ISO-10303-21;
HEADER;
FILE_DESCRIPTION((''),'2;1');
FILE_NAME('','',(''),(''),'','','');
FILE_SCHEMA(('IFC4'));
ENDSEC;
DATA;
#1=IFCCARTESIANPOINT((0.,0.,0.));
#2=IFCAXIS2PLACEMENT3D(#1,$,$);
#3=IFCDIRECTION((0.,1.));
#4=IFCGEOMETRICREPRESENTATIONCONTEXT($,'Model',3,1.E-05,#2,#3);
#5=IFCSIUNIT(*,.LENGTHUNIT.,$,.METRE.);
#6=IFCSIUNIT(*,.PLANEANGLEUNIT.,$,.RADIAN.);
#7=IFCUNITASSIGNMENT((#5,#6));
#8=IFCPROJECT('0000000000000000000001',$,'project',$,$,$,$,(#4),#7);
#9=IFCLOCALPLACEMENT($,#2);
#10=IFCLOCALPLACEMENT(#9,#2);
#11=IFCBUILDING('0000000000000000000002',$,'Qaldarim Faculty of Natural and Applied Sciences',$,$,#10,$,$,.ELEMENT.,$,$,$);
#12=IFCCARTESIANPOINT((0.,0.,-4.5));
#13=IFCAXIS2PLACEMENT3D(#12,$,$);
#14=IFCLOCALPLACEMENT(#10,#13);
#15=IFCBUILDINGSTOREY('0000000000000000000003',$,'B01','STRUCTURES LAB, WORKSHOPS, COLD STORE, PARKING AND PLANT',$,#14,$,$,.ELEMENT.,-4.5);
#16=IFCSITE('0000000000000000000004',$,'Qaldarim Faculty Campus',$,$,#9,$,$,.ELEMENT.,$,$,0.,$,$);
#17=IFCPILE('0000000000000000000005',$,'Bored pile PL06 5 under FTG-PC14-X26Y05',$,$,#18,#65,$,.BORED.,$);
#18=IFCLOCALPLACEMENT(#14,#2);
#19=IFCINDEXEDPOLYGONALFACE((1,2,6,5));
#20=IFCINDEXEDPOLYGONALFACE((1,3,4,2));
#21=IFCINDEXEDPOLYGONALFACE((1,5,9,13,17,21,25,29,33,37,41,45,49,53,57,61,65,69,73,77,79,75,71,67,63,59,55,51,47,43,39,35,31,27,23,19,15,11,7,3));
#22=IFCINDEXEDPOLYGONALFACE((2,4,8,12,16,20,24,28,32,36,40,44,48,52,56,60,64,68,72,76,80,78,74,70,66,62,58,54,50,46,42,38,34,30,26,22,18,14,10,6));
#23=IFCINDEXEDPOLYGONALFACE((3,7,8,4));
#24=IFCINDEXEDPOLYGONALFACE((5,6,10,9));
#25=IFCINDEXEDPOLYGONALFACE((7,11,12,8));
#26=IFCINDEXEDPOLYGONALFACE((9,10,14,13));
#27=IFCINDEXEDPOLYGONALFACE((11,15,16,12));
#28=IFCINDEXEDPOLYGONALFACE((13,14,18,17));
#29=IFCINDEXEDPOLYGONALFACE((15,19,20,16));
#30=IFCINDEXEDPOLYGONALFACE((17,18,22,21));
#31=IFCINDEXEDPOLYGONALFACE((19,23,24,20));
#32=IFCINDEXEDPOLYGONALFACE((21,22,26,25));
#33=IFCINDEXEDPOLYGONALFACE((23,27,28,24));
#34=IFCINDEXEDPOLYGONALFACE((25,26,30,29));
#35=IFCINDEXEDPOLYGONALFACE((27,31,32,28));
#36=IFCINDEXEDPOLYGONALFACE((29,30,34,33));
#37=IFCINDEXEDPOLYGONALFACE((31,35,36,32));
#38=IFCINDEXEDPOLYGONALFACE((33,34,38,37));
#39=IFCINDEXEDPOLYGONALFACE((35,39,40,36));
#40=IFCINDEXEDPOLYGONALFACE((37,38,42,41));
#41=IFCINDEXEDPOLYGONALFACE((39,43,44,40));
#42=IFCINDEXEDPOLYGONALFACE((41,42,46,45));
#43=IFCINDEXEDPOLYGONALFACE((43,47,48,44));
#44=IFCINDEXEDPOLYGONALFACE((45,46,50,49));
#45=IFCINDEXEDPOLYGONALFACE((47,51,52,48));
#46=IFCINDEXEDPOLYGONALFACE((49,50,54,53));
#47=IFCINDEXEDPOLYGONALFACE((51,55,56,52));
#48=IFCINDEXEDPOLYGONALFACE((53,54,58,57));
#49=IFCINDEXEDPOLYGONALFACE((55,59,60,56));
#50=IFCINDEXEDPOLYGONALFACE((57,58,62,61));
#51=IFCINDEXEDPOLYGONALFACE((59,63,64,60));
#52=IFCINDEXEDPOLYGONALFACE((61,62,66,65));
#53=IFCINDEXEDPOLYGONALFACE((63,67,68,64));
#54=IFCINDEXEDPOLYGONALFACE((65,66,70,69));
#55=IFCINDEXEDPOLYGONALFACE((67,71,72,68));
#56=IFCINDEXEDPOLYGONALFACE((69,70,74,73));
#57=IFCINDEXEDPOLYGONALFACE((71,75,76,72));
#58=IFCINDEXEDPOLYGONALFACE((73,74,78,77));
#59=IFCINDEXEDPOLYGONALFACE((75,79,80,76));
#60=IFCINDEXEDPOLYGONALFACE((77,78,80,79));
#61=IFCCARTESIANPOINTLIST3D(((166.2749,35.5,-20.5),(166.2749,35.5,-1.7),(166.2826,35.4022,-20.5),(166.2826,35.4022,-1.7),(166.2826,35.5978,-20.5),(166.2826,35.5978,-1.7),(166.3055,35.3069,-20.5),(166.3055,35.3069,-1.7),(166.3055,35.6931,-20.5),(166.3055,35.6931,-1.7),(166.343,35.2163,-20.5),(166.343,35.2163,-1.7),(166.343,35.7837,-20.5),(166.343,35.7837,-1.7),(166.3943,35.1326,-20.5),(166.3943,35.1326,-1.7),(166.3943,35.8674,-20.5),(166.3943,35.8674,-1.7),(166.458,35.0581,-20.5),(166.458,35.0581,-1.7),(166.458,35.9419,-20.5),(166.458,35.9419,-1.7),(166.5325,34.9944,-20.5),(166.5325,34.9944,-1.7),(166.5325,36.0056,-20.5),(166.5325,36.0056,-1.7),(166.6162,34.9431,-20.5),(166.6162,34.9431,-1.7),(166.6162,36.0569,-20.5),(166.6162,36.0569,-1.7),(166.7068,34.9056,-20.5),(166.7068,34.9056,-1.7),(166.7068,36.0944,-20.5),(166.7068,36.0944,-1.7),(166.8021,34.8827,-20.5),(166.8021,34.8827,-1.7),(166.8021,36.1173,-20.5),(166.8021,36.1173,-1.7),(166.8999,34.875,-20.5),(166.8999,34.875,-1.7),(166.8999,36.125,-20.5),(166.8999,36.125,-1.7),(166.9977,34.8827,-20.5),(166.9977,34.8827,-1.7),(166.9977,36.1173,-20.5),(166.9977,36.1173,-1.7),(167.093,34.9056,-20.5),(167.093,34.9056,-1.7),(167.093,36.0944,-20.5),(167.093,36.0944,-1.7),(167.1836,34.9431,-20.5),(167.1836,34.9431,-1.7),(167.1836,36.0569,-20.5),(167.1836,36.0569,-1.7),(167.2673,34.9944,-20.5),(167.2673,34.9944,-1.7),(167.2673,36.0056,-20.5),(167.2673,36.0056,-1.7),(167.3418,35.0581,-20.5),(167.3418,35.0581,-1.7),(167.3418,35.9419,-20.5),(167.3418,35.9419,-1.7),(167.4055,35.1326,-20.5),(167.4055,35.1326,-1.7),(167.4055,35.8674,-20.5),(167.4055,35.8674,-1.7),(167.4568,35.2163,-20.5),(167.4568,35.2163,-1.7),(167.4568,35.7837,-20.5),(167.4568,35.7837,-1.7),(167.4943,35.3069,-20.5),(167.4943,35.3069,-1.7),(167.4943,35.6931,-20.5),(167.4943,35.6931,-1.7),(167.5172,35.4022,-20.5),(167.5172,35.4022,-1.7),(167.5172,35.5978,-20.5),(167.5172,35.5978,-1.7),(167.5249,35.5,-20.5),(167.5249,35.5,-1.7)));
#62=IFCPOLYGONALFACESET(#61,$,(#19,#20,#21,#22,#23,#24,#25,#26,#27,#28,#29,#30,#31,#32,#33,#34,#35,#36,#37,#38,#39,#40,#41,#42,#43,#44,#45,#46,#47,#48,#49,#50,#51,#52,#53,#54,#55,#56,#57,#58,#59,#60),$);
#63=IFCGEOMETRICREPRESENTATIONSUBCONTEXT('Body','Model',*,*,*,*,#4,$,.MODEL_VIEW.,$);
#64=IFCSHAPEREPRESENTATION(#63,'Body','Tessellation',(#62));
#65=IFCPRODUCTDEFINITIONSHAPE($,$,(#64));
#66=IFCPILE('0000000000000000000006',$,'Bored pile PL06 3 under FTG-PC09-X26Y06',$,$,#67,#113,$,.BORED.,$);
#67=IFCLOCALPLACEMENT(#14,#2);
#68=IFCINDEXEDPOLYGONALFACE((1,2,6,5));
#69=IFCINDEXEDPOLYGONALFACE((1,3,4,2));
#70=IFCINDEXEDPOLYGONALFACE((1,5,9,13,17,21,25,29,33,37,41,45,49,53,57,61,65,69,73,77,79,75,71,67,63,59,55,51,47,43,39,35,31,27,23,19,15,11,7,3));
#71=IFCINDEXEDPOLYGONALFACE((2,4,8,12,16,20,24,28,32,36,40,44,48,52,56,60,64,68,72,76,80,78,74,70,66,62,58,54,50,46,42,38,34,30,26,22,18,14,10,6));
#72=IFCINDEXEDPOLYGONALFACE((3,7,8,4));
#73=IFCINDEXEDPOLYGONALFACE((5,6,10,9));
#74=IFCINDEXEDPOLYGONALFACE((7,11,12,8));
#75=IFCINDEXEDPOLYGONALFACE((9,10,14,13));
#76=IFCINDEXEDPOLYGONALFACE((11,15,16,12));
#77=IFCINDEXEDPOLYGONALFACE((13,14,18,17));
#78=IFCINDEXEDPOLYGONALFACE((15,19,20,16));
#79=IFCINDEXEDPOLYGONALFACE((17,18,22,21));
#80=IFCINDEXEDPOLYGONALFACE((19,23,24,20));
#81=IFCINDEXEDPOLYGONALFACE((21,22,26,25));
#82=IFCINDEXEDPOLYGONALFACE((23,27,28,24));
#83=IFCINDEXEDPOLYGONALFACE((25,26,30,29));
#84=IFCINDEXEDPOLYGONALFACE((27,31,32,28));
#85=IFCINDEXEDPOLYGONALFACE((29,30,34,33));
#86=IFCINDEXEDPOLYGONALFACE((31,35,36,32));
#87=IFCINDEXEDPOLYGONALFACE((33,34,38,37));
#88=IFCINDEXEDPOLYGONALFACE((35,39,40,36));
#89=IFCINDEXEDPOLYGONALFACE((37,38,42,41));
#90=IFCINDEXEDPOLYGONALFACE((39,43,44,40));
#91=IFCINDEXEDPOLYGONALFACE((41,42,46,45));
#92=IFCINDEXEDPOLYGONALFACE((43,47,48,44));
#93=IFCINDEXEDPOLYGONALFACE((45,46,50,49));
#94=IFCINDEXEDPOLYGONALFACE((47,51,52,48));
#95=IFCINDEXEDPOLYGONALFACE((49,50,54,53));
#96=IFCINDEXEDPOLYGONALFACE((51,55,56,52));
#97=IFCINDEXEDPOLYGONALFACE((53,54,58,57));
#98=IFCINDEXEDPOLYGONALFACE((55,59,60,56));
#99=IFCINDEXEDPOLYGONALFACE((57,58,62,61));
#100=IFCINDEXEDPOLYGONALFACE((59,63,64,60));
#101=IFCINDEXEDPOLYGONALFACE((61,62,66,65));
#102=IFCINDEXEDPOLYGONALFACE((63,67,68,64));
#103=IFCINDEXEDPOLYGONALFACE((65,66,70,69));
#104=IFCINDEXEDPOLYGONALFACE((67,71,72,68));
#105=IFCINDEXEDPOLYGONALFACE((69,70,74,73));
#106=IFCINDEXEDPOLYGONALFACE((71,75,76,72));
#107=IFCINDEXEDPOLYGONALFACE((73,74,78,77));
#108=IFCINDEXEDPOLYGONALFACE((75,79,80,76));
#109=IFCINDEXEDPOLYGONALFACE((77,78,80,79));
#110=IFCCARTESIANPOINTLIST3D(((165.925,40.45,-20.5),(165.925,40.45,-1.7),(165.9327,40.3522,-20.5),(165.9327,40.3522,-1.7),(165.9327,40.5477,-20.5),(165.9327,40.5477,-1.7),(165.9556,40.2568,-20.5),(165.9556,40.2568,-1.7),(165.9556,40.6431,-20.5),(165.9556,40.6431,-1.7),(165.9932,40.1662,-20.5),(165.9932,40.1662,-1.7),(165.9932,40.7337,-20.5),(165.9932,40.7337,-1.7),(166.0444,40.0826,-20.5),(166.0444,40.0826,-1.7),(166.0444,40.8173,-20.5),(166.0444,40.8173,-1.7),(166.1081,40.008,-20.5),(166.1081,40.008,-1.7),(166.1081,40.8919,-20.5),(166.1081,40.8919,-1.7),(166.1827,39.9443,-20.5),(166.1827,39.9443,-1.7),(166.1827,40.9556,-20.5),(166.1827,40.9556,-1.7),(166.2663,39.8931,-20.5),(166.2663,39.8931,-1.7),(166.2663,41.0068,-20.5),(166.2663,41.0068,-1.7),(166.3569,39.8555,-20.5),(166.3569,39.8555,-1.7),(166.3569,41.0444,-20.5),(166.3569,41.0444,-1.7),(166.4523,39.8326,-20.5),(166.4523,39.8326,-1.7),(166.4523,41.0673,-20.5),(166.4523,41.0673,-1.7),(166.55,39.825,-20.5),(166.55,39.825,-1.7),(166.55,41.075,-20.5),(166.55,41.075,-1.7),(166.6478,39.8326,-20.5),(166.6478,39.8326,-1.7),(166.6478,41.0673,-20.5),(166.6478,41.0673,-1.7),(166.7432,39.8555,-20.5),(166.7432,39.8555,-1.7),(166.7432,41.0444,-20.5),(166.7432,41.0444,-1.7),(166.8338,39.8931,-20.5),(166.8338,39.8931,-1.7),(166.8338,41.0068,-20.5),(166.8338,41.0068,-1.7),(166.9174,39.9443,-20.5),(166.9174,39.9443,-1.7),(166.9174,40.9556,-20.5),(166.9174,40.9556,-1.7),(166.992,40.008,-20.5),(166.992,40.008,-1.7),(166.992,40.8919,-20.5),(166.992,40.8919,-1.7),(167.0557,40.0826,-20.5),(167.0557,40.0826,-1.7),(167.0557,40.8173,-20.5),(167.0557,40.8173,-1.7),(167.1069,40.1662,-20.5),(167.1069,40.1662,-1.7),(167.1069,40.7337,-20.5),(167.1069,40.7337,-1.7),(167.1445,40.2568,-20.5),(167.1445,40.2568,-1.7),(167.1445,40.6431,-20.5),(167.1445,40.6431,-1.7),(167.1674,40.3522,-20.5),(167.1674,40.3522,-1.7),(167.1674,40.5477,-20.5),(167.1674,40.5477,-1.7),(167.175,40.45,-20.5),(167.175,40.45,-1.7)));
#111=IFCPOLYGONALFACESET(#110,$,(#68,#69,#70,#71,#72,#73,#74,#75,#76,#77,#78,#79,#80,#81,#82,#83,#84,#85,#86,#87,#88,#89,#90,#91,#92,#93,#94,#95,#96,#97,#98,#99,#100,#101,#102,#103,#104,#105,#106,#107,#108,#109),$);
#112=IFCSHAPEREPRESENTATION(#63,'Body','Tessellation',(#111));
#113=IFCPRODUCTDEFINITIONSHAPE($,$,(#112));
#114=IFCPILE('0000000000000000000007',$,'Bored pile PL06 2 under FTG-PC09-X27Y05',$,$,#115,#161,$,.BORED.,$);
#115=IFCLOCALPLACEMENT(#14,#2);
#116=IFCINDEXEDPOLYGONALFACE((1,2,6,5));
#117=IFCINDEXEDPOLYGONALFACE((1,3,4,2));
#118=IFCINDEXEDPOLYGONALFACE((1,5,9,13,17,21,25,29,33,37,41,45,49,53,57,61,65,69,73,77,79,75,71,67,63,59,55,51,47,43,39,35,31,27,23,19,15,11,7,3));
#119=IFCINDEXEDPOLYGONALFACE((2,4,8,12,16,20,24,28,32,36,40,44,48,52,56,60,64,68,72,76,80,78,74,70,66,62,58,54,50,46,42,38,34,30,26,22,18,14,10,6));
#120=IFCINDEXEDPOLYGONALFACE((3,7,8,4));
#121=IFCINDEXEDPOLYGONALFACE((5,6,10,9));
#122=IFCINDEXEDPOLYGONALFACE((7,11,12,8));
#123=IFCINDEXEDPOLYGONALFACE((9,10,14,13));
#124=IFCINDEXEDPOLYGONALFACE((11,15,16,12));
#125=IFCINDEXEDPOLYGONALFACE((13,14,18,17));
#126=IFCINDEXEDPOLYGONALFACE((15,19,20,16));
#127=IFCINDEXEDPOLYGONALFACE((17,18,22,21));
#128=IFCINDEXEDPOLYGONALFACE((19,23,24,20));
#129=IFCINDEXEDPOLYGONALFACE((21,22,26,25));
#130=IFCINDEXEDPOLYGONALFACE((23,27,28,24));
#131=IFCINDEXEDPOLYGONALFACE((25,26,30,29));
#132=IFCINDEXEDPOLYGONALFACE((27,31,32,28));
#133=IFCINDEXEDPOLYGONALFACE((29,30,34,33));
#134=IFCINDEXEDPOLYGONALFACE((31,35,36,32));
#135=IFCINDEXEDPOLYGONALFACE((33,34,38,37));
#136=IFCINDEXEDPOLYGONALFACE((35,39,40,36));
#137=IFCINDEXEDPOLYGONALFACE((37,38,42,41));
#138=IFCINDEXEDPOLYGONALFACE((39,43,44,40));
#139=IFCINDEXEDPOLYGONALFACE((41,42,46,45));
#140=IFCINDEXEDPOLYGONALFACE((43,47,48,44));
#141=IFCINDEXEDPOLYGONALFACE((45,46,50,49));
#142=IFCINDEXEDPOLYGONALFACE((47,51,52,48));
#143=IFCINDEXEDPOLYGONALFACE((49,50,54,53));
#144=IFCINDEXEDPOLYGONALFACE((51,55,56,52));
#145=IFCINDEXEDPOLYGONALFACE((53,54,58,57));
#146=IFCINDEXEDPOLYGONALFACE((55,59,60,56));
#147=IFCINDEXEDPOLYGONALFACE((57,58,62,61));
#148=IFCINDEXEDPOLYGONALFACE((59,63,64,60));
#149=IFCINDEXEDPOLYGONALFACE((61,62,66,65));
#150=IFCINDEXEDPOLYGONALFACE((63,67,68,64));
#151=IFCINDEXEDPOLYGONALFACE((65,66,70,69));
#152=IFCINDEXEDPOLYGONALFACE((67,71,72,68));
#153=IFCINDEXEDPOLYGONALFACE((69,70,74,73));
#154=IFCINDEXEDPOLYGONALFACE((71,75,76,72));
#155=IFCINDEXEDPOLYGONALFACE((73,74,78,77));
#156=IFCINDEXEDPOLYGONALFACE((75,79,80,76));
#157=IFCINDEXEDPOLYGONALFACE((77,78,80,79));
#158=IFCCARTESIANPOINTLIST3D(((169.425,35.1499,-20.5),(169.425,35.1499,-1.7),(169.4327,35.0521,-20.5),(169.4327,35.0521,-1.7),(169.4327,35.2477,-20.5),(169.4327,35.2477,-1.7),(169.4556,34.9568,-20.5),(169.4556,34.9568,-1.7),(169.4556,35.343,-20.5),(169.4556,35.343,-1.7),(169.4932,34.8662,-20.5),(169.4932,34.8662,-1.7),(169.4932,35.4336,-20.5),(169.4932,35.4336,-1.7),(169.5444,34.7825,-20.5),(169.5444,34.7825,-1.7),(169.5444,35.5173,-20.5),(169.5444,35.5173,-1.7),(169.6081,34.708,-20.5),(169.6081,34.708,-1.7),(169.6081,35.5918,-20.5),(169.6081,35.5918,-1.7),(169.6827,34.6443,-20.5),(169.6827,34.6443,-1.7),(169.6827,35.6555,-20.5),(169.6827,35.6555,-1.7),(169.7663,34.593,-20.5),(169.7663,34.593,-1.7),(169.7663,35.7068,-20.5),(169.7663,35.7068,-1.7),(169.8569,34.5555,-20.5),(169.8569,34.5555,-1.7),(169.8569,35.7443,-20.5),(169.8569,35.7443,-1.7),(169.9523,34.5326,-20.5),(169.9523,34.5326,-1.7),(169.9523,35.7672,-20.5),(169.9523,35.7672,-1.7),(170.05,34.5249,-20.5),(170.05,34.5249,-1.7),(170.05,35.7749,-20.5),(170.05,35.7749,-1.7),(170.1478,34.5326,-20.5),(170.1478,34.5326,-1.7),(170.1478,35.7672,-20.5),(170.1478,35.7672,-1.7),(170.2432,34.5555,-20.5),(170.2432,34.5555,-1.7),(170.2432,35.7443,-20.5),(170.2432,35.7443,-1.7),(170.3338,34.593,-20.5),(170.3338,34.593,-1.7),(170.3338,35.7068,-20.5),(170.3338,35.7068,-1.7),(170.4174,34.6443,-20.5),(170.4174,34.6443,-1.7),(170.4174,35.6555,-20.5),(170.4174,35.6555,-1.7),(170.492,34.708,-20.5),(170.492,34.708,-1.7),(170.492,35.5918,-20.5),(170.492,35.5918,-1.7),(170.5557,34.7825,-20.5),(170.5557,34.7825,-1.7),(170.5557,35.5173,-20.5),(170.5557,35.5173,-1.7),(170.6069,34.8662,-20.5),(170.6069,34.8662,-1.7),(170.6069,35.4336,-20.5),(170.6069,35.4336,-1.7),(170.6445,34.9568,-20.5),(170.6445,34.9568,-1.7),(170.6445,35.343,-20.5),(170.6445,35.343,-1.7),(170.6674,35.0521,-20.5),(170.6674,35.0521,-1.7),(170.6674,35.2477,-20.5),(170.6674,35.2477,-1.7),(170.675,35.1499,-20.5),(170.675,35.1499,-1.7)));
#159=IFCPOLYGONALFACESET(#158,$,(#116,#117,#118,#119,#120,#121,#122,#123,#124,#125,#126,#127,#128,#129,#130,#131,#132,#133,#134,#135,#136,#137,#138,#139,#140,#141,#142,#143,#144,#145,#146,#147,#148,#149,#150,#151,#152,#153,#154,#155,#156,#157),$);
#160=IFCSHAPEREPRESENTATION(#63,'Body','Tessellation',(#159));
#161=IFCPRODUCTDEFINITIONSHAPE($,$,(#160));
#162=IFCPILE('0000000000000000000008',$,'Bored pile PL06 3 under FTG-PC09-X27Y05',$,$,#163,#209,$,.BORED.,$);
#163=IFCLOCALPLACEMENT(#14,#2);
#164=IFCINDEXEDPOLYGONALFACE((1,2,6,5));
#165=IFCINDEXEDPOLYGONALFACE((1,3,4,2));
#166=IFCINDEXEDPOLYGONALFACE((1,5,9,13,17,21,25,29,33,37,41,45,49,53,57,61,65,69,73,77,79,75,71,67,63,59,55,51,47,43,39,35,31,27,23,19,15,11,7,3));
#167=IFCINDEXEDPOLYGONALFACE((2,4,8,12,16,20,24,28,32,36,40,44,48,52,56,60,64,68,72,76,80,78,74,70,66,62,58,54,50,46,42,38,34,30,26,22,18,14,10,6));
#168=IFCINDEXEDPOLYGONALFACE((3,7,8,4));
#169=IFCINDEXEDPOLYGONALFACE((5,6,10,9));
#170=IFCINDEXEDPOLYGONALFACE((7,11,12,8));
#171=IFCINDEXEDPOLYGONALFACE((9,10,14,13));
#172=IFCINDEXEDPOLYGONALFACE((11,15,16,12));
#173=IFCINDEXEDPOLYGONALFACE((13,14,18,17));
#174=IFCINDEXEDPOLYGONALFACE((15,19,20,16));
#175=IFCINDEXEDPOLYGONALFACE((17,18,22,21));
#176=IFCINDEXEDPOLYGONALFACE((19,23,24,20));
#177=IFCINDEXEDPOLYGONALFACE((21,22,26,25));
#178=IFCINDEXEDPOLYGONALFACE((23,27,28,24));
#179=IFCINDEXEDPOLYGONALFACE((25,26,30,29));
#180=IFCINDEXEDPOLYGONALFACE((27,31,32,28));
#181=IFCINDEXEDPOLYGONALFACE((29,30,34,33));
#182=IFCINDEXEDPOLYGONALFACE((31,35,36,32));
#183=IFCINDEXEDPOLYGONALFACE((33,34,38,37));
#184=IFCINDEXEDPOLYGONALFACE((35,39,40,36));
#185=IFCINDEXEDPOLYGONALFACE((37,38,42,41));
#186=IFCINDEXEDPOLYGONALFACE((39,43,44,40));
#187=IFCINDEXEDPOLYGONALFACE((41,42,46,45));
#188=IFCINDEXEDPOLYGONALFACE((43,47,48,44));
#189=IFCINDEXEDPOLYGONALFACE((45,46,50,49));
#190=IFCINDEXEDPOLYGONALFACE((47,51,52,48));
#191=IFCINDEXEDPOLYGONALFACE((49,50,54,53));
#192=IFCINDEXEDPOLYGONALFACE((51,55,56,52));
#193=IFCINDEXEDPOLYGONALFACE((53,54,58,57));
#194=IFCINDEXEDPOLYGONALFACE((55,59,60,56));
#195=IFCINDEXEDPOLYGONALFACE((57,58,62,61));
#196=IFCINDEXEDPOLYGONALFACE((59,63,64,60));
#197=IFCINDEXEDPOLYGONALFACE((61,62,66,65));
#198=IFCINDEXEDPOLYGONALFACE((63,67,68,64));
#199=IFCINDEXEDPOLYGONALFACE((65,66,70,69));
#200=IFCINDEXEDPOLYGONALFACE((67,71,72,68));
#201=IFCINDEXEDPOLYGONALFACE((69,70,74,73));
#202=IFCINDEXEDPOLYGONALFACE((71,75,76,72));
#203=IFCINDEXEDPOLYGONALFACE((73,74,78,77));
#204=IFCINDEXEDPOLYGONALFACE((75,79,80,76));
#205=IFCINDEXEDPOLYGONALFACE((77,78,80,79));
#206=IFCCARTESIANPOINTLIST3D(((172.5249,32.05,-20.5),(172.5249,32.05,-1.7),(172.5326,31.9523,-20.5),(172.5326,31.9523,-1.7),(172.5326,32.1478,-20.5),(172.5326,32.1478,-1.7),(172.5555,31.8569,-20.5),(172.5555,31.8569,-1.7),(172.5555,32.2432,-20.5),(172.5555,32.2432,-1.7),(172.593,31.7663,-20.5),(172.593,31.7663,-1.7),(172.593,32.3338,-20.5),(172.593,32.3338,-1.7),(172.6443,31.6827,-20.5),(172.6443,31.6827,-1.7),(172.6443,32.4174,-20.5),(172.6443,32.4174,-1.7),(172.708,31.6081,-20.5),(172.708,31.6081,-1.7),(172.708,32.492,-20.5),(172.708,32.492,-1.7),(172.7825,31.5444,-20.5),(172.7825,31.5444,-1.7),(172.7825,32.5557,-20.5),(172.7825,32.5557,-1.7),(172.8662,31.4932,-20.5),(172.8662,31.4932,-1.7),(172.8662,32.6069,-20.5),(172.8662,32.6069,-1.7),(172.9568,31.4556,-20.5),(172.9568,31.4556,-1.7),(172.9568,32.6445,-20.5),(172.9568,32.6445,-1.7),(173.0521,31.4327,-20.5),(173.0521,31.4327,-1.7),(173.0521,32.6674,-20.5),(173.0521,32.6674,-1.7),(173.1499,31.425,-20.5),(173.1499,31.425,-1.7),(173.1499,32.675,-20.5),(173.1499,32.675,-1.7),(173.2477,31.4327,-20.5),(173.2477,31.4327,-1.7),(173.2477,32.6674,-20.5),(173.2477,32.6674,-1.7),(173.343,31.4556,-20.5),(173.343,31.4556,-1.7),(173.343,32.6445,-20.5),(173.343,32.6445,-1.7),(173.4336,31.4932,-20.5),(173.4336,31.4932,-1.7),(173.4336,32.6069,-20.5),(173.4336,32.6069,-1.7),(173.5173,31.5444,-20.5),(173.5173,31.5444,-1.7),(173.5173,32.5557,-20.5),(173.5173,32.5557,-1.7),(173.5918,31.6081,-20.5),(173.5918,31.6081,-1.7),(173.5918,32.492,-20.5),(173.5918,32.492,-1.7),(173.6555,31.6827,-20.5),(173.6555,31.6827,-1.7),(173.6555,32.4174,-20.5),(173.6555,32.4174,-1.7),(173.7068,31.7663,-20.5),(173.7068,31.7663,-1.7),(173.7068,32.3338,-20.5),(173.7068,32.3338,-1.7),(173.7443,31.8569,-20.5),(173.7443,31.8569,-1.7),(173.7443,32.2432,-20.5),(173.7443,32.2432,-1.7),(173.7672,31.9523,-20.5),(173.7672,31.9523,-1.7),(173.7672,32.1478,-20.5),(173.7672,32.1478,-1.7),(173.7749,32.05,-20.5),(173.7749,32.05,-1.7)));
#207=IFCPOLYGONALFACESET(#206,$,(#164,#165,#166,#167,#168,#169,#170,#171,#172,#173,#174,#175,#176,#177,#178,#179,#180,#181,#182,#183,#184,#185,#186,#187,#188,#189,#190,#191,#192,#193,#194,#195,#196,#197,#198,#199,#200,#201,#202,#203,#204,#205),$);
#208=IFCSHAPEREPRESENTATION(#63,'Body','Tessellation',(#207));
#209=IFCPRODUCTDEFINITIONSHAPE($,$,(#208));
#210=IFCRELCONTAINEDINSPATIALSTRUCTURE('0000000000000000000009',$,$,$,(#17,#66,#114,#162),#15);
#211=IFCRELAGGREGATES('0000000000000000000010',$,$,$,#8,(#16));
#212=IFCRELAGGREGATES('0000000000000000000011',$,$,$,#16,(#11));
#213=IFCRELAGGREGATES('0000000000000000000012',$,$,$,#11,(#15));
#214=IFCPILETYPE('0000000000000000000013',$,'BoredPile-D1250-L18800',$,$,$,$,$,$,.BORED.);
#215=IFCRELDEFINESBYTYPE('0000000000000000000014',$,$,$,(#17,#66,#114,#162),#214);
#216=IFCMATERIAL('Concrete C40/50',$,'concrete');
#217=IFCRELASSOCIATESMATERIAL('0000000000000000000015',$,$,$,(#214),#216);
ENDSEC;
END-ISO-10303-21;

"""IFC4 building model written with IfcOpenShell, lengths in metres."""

from ifc_helpers import new_model, si_unit, direction, frame, origin, origin_2d, place, context, subcontext, project, spatial, circle, extrude, material, material_profile, profile_set, type_object, element, save


model = new_model("IFC4")

# Units and contexts
model_context = context("Model", 3, precision=1e-05, world=origin(), true_north=direction((0.0, 1.0)))
body_context = subcontext(model_context, "Body", "Model", "MODEL_VIEW")
ifc_project = project(units=[si_unit("LENGTHUNIT", "METRE"), si_unit("PLANEANGLEUNIT", "RADIAN")], contexts=[model_context])

# Site, building, storey
site_placement = place(None, origin())
site = spatial("IfcSite", under=ifc_project, at=site_placement, Name="Qaldarim Faculty Campus", CompositionType="ELEMENT", RefElevation=0.0)
building_placement = place(site_placement, origin())
building = spatial("IfcBuilding", under=site, at=building_placement, Name="Qaldarim Faculty of Natural and Applied Sciences", CompositionType="ELEMENT")
storey_placement = place(building_placement, frame((0.0, 0.0, -4.5)))
storey = spatial("IfcBuildingStorey", under=building, at=storey_placement, Name="B01", Description="STRUCTURES LAB, WORKSHOPS, COLD STORE, PARKING AND PLANT", CompositionType="ELEMENT", Elevation=-4.5)

# Piles
ifc_material_1 = material(Name="Concrete C40/50", Category="concrete")
ifc_material_profile_1 = material_profile(ifc_material_1, circle(Radius=0.625, at=origin_2d()), Name="PILE-D1250")
ifc_profile_set_1 = profile_set([ifc_material_profile_1], Name="Concrete C40/50")
pile_type_1 = type_object("IfcPileType", Name="BoredPile-D1250-L18800", PredefinedType="BORED", material=ifc_profile_set_1)
for number, where, z_axis, x_axis, name in (
    (1, (166.8999, 35.5, -1.7), (0.0, 0.0, -1.0), (1.0, 0.0, 0.0), "Bored pile PL06 5 under FTG-PC14-X26Y05"),
    (2, (166.55, 40.45, -1.7), (0.0, 0.0, -1.0), (1.0, 0.0, 0.0), "Bored pile PL06 3 under FTG-PC09-X26Y06"),
    (3, (170.05, 35.1499, -1.7), (0.0, 0.0, -1.0), (1.0, 0.0, 0.0), "Bored pile PL06 2 under FTG-PC09-X27Y05"),
    (4, (173.1499, 32.05, -1.7), (0.0, 0.0, -1.0), (1.0, 0.0, 0.0), "Bored pile PL06 3 under FTG-PC09-X27Y05"),
):
    element("IfcPile", number, at=place(storey_placement, frame(where, z_axis=z_axis, x_axis=x_axis)), inside=storey, type_object=pile_type_1, Name=name, PredefinedType="BORED", context=body_context, shape_type="SweptSolid", body=[
        extrude(circle(Radius=0.625, at=origin_2d()), origin(), (0.0, 0.0, 1.0), 18.8),
    ])

save(model, "model.ifc")
